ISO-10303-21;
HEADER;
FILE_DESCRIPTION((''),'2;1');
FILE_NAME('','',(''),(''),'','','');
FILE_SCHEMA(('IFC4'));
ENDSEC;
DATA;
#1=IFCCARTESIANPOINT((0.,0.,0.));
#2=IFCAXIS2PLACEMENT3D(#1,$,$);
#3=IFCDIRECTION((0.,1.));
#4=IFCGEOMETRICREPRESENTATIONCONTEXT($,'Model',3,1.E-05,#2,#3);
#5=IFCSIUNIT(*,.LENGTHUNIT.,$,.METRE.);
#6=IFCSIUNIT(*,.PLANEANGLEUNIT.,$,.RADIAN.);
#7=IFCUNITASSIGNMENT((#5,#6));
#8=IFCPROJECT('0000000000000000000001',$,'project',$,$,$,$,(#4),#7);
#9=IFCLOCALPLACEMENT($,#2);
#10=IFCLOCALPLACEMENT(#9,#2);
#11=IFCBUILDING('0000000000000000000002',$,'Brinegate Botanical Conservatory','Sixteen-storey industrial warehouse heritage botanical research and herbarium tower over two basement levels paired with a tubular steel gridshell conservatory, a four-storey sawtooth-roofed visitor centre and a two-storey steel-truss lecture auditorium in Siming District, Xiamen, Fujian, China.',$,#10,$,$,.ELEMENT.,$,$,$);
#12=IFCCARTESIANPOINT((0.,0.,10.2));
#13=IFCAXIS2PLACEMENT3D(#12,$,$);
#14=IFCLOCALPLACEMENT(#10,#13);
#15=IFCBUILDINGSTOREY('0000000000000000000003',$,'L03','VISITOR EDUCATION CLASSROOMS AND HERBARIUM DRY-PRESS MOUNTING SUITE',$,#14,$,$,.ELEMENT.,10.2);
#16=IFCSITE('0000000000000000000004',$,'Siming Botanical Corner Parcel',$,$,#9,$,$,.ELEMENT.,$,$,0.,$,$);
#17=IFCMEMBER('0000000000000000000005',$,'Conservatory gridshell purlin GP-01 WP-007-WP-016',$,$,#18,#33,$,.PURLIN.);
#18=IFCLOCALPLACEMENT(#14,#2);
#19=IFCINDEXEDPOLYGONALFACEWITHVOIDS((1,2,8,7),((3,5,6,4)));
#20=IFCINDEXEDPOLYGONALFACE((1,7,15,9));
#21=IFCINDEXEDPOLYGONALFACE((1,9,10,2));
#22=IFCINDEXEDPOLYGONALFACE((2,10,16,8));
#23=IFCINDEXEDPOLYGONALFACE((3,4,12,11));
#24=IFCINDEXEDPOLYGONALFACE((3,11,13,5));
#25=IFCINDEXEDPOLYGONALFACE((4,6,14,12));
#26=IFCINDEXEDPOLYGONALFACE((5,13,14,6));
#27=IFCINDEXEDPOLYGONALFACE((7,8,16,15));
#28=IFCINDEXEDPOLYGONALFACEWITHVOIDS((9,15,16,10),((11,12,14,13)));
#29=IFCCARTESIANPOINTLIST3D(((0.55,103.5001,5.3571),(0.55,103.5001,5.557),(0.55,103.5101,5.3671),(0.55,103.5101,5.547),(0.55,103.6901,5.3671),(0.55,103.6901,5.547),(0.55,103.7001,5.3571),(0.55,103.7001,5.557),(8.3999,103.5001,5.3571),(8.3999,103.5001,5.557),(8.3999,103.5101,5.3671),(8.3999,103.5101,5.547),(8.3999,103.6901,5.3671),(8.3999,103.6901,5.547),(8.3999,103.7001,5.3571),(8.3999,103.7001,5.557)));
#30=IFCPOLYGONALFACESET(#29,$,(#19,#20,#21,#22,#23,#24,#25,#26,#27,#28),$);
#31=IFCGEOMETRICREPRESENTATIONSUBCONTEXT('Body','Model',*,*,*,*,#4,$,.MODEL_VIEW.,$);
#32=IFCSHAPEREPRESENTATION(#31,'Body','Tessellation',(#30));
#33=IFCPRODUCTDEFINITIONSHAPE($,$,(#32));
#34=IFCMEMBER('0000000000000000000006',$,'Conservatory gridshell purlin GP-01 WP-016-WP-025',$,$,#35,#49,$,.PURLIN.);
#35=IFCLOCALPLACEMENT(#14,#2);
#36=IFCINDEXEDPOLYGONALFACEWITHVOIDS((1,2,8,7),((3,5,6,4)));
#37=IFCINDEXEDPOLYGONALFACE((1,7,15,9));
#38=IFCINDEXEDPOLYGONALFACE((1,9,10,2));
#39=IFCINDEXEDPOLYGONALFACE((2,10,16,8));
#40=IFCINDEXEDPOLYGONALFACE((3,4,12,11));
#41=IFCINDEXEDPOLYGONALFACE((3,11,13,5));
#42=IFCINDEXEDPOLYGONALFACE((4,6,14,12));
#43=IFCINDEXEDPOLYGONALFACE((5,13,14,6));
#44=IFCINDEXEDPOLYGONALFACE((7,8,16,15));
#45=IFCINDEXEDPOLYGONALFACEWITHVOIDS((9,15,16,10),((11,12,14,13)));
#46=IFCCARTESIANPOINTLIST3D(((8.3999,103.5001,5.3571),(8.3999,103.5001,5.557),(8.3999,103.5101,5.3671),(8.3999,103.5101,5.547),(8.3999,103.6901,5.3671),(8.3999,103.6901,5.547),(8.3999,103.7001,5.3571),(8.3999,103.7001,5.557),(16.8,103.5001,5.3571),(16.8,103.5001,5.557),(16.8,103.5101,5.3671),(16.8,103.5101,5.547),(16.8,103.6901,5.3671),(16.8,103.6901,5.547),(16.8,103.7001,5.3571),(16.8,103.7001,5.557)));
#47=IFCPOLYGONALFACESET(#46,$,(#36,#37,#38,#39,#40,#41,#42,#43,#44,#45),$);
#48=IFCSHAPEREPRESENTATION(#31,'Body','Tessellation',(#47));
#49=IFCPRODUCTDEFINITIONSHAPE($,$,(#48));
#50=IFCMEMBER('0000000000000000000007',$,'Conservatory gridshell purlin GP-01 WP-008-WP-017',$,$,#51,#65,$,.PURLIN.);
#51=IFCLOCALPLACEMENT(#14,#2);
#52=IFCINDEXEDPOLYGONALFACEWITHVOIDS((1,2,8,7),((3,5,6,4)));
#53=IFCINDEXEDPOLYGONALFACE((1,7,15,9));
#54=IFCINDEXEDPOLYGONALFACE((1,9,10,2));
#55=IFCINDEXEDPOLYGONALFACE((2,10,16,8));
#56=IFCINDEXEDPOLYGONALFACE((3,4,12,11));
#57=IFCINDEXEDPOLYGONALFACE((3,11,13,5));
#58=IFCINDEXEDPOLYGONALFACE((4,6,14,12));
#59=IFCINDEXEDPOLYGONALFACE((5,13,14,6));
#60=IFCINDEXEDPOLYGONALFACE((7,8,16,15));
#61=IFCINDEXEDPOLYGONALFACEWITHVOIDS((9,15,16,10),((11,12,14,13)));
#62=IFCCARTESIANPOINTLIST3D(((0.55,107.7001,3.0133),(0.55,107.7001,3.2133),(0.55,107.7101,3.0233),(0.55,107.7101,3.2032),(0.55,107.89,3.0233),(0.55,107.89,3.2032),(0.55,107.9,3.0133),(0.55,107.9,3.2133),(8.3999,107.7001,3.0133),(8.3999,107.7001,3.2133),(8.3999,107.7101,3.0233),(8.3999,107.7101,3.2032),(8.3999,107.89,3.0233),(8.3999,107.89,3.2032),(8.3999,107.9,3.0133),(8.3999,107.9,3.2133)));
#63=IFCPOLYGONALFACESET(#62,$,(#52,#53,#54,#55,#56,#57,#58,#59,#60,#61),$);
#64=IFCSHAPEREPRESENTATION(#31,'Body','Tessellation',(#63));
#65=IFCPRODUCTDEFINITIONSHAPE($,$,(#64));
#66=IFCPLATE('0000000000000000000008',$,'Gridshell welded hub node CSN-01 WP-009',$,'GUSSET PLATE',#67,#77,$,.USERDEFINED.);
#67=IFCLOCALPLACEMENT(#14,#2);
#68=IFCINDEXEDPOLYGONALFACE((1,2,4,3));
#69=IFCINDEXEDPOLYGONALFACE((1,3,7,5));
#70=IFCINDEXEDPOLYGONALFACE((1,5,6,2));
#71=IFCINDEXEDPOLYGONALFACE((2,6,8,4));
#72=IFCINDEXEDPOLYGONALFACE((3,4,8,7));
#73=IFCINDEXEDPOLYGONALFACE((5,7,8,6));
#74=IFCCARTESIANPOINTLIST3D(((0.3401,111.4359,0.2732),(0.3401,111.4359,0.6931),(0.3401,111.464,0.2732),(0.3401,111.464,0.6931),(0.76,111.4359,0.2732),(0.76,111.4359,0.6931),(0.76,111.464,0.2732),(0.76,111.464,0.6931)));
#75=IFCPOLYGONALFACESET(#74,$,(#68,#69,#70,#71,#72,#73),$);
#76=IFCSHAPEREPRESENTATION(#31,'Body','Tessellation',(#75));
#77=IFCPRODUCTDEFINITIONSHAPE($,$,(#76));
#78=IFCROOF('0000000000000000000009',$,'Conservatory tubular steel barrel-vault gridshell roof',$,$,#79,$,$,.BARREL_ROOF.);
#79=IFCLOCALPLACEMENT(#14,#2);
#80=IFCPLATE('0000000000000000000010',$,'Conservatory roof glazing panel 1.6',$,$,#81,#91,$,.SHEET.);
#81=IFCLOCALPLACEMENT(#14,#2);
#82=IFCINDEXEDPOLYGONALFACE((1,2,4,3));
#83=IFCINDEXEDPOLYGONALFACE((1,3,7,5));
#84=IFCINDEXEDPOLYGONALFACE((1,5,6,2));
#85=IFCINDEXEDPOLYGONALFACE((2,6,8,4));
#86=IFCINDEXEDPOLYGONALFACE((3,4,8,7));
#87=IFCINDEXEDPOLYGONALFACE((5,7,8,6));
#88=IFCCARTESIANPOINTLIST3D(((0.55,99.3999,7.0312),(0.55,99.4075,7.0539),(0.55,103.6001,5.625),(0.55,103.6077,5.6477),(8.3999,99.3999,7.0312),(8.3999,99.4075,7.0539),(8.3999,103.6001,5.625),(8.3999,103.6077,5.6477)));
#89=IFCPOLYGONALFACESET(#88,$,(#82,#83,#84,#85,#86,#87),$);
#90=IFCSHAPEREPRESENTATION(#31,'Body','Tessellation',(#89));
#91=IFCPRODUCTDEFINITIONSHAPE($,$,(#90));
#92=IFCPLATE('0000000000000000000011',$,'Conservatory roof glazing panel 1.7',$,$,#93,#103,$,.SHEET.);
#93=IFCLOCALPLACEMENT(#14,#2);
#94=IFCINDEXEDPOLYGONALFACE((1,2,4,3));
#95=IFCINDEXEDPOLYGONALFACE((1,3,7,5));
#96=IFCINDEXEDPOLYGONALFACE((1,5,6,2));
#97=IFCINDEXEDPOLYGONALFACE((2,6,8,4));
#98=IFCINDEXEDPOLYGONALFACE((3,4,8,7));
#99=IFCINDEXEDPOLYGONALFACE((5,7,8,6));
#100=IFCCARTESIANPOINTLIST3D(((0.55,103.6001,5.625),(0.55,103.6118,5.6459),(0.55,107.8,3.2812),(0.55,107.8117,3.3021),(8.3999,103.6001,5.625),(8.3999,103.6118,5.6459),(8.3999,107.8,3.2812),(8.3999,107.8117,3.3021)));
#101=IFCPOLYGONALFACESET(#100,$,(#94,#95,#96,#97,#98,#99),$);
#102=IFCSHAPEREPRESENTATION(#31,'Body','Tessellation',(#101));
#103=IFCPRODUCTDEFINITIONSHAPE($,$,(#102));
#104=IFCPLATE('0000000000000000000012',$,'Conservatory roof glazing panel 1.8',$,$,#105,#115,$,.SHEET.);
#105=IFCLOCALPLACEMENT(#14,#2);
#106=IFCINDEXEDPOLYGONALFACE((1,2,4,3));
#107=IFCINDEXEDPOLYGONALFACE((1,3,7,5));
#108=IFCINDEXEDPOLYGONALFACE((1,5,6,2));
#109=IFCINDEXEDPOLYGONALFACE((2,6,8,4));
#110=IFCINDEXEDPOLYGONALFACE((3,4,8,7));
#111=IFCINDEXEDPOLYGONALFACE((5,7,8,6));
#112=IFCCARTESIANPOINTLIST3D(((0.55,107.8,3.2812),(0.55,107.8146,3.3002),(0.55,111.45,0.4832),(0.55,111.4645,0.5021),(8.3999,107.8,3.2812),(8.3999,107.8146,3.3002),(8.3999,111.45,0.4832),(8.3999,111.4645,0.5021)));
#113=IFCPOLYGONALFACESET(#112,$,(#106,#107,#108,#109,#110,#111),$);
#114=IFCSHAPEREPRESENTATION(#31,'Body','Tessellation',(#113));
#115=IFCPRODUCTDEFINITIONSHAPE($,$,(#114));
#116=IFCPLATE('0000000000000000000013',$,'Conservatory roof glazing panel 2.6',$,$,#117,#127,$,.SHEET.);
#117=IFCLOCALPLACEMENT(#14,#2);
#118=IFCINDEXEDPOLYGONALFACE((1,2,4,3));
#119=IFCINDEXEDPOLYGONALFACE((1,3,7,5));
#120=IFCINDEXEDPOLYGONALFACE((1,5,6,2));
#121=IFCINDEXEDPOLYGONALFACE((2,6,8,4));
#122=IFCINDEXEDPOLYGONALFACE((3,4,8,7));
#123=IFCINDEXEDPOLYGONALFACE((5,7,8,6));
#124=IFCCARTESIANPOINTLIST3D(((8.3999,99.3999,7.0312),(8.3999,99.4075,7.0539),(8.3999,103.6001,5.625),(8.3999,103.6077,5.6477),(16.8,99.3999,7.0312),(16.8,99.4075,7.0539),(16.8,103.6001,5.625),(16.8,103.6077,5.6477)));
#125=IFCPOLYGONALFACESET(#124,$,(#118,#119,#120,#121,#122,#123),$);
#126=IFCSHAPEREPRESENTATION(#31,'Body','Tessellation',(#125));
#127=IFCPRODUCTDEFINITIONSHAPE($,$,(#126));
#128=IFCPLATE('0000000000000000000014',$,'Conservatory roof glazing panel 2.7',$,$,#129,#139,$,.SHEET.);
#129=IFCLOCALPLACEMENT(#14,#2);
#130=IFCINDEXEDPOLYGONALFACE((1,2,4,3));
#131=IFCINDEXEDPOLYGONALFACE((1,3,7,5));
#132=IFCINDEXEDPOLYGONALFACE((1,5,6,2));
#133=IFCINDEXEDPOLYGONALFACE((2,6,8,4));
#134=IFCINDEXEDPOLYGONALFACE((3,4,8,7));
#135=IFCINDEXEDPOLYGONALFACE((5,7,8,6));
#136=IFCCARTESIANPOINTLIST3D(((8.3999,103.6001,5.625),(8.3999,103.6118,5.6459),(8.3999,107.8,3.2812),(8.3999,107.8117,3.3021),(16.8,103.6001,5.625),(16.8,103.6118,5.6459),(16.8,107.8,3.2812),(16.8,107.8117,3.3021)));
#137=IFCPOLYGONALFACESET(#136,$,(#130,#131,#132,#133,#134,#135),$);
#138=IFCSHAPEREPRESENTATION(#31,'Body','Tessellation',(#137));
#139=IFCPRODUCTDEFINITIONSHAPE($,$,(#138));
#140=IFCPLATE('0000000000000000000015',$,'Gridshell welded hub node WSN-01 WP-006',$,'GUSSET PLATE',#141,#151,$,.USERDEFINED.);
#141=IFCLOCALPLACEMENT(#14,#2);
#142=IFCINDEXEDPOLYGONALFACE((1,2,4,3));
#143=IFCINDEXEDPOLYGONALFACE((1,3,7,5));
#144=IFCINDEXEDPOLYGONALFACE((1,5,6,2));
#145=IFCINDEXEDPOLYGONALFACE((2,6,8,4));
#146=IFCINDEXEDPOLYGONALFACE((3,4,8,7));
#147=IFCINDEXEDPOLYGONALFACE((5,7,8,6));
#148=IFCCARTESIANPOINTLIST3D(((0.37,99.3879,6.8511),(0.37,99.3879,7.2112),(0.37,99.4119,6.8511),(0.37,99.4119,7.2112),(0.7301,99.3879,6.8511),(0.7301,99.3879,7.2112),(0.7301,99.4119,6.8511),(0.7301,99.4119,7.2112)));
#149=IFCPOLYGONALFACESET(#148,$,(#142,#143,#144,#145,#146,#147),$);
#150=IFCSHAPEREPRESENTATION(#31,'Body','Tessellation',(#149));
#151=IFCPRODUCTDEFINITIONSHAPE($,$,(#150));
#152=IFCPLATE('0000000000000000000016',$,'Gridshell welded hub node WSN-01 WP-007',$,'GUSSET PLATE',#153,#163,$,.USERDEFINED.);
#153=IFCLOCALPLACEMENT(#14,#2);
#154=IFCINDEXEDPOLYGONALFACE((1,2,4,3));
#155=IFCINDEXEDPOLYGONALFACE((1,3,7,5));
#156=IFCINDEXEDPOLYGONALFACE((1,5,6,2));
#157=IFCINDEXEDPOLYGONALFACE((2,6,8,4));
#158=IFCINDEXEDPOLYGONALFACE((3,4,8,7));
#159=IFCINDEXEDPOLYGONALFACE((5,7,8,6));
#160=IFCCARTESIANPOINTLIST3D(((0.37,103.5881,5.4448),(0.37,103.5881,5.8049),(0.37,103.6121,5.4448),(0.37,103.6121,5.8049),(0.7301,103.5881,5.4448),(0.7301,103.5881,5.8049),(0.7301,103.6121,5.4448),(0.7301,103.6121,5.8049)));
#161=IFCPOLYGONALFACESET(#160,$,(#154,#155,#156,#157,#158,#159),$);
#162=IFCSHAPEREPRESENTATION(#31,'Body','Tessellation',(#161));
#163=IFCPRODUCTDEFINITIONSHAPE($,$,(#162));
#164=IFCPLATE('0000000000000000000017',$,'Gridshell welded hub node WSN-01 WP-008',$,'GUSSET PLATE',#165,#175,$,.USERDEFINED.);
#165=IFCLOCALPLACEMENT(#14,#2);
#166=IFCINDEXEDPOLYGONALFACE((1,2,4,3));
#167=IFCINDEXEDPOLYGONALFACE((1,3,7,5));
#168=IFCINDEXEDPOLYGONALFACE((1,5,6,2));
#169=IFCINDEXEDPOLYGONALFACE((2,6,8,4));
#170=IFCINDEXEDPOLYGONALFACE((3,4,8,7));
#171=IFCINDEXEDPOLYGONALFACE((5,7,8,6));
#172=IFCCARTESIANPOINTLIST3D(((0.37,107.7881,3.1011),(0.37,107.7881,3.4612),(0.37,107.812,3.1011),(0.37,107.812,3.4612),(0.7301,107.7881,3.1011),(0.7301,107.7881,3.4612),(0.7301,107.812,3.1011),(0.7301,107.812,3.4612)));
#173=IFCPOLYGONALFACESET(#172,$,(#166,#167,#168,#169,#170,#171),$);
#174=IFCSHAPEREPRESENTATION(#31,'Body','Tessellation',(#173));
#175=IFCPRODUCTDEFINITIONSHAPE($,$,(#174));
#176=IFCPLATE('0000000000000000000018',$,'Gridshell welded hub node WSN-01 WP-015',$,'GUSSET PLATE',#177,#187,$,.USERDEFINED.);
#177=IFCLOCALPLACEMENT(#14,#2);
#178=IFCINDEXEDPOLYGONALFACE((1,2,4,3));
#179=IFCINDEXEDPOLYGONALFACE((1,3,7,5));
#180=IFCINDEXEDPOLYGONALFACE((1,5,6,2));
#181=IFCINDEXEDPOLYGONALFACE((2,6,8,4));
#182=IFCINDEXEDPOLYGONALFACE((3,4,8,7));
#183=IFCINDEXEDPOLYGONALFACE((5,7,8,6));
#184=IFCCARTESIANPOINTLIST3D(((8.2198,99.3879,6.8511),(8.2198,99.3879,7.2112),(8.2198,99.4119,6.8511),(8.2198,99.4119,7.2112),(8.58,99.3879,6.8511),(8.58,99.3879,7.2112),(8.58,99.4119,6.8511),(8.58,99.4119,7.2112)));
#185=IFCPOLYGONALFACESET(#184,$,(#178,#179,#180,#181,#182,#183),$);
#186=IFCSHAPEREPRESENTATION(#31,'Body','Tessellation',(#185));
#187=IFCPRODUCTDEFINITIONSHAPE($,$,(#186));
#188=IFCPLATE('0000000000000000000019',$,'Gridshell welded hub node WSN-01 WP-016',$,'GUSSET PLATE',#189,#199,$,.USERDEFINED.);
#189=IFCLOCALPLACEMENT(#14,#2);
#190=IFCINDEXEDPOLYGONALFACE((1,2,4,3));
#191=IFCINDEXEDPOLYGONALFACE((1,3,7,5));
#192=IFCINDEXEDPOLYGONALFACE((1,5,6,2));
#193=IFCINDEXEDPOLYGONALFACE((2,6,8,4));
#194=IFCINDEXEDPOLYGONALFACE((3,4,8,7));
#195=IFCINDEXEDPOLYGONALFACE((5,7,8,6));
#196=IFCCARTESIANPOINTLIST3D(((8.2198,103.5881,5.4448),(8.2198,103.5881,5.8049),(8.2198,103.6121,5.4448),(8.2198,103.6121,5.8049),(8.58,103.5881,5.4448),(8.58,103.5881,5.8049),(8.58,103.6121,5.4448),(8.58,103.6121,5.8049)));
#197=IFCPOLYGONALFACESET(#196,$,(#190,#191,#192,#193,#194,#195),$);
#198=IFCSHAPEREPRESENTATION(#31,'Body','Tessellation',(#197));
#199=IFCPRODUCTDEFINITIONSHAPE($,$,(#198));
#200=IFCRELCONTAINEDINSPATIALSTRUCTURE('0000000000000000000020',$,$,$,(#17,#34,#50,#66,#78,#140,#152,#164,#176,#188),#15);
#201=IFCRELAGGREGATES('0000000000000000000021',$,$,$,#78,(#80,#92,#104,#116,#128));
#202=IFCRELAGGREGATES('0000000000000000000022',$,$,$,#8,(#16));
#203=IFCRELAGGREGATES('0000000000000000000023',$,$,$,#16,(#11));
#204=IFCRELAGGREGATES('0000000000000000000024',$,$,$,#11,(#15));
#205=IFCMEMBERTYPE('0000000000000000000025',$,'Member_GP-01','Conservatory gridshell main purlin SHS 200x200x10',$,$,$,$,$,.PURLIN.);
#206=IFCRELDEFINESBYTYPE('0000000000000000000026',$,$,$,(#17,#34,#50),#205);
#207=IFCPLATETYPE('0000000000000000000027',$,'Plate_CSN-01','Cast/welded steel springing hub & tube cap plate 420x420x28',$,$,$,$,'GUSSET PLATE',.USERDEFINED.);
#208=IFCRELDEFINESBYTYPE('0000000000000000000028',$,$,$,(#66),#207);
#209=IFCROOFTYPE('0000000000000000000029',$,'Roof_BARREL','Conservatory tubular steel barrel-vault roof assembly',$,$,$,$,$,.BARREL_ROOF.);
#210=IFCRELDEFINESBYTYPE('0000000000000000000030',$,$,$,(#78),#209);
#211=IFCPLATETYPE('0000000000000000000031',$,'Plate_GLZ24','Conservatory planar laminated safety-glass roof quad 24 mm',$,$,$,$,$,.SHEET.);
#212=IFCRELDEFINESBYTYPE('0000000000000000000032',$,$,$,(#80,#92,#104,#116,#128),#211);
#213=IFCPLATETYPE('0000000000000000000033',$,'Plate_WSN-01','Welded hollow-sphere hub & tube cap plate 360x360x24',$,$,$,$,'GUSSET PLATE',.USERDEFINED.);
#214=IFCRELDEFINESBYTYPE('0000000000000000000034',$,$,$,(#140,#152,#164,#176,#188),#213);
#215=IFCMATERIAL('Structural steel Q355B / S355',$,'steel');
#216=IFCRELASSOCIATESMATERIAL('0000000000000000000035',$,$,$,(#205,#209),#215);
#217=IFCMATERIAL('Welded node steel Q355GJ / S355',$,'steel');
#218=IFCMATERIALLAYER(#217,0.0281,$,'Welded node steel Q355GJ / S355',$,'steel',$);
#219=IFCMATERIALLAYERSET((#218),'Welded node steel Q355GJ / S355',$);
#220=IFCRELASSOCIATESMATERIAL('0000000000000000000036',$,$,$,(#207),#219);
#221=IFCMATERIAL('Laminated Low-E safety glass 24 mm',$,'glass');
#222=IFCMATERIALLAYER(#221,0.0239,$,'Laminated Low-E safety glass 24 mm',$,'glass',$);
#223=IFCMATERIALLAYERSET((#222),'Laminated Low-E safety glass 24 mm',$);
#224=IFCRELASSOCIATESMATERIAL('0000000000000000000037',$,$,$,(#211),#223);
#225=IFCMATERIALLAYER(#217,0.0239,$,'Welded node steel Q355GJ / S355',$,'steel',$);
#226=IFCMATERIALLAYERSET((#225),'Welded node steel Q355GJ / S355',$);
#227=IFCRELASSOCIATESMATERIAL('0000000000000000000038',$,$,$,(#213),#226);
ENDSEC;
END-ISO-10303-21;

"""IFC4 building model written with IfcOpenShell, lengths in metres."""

from ifc_helpers import new_model, si_unit, direction, frame, origin, origin_2d, place, context, subcontext, project, spatial, polyline, rectangle, hollow_rectangle, outline, extrude, material, layer, layer_set, material_profile, profile_set, type_object, element, aggregate, save


model = new_model("IFC4")

# Units and contexts
model_context = context("Model", 3, precision=1e-05, world=origin(), true_north=direction((0.0, 1.0)))
body_context = subcontext(model_context, "Body", "Model", "MODEL_VIEW")
ifc_project = project(units=[si_unit("LENGTHUNIT", "METRE"), si_unit("PLANEANGLEUNIT", "RADIAN")], contexts=[model_context])

# Site, building, storey
site_placement = place(None, origin())
site = spatial("IfcSite", under=ifc_project, at=site_placement, Name="Siming Botanical Corner Parcel", CompositionType="ELEMENT", RefElevation=0.0)
building_placement = place(site_placement, origin())
building = spatial("IfcBuilding", under=site, at=building_placement, Name="Brinegate Botanical Conservatory", Description="Sixteen-storey industrial warehouse heritage botanical research and herbarium tower over two basement levels paired with a tubular steel gridshell conservatory, a four-storey sawtooth-roofed visitor centre and a two-storey steel-truss lecture auditorium in Siming District, Xiamen, Fujian, China.", CompositionType="ELEMENT")
storey_placement = place(building_placement, frame((0.0, 0.0, 10.2)))
storey = spatial("IfcBuildingStorey", under=building, at=storey_placement, Name="L03", Description="VISITOR EDUCATION CLASSROOMS AND HERBARIUM DRY-PRESS MOUNTING SUITE", CompositionType="ELEMENT", Elevation=10.2)

# Shared definitions
ifc_material_1 = material(Name="Structural steel Q355B / S355", Category="steel")

# Members
ifc_material_profile_1 = material_profile(ifc_material_1, hollow_rectangle(XDim=0.2, YDim=0.2, WallThickness=0.01, at=origin_2d()), Name="SHS 200x200x10")
ifc_profile_set_1 = profile_set([ifc_material_profile_1], Name="Structural steel Q355B / S355")
member_type_1 = type_object("IfcMemberType", Name="Member_GP-01", Description="Conservatory gridshell main purlin SHS 200x200x10", PredefinedType="PURLIN", material=ifc_profile_set_1)
member_1_placement = place(storey_placement, frame((0.55, 103.6001, 5.457), z_axis=(1.0, 0.0, 0.0), x_axis=(0.0, 1.0, 0.0)))
element("IfcMember", 1, at=member_1_placement, inside=storey, type_object=member_type_1, Name="Conservatory gridshell purlin GP-01 WP-007-WP-016", PredefinedType="PURLIN", context=body_context, shape_type="SweptSolid", body=[
    extrude(hollow_rectangle(XDim=0.2, YDim=0.2, WallThickness=0.01, at=origin_2d()), origin(), (0.0, 0.0, 1.0), 7.8499),
])
member_2_placement = place(storey_placement, frame((8.3999, 103.6001, 5.457), z_axis=(1.0, 0.0, 0.0), x_axis=(0.0, 1.0, 0.0)))
element("IfcMember", 2, at=member_2_placement, inside=storey, type_object=member_type_1, Name="Conservatory gridshell purlin GP-01 WP-016-WP-025", PredefinedType="PURLIN", context=body_context, shape_type="SweptSolid", body=[
    extrude(hollow_rectangle(XDim=0.2, YDim=0.2, WallThickness=0.01, at=origin_2d()), origin(), (0.0, 0.0, 1.0), 8.4001),
])
member_3_placement = place(storey_placement, frame((0.55, 107.8, 3.1133), z_axis=(1.0, 0.0, 0.0), x_axis=(0.0, 1.0, 0.0)))
element("IfcMember", 3, at=member_3_placement, inside=storey, type_object=member_type_1, Name="Conservatory gridshell purlin GP-01 WP-008-WP-017", PredefinedType="PURLIN", context=body_context, shape_type="SweptSolid", body=[
    extrude(hollow_rectangle(XDim=0.2, YDim=0.2, WallThickness=0.01, at=origin_2d()), origin(), (0.0, 0.0, 1.0), 7.8499),
])

# Plate
ifc_material_2 = material(Name="Welded node steel Q355GJ / S355", Category="steel")
ifc_layer_1 = layer(ifc_material_2, 0.0281, Name="Welded node steel Q355GJ / S355", Category="steel")
ifc_layer_set_1 = layer_set([ifc_layer_1], Name="Welded node steel Q355GJ / S355")
plate_type_1 = type_object("IfcPlateType", Name="Plate_CSN-01", Description="Cast/welded steel springing hub & tube cap plate 420x420x28", ElementType="GUSSET PLATE", PredefinedType="USERDEFINED", material=ifc_layer_set_1)
plate_1_placement = place(storey_placement, frame((0.55, 111.45, 0.2732), z_axis=(0.0, 0.0, 1.0), x_axis=(1.0, 0.0, 0.0)))
element("IfcPlate", 4, at=plate_1_placement, inside=storey, type_object=plate_type_1, Name="Gridshell welded hub node CSN-01 WP-009", ObjectType="GUSSET PLATE", PredefinedType="USERDEFINED", context=body_context, shape_type="SweptSolid", body=[
    extrude(rectangle(XDim=0.4199, YDim=0.0281, at=origin_2d()), origin(), (0.0, 0.0, 1.0), 0.4199),
])

# Roof, plates
roof_type = type_object("IfcRoofType", Name="Roof_BARREL", Description="Conservatory tubular steel barrel-vault roof assembly", PredefinedType="BARREL_ROOF", material=ifc_material_1)
roof_placement = place(storey_placement, origin())
roof = element("IfcRoof", 5, at=roof_placement, inside=storey, type_object=roof_type, Name="Conservatory tubular steel barrel-vault gridshell roof", PredefinedType="BARREL_ROOF")
ifc_material_3 = material(Name="Laminated Low-E safety glass 24 mm", Category="glass")
ifc_layer_2 = layer(ifc_material_3, 0.0239, Name="Laminated Low-E safety glass 24 mm", Category="glass")
ifc_layer_set_2 = layer_set([ifc_layer_2], Name="Laminated Low-E safety glass 24 mm")
plate_type_2 = type_object("IfcPlateType", Name="Plate_GLZ24", Description="Conservatory planar laminated safety-glass roof quad 24 mm", PredefinedType="SHEET", material=ifc_layer_set_2)
plate_2_placement = place(storey_placement, frame((0.55, 99.3999, 7.0312), z_axis=(0.0, 0.317484, 0.948264), x_axis=(1.0, 0.0, 0.0)))
plate_2 = element("IfcPlate", 6, at=plate_2_placement, type_object=plate_type_2, Name="Conservatory roof glazing panel 1.6", PredefinedType="SHEET", context=body_context, shape_type="SweptSolid", body=[
    extrude(outline(polyline([(0.0, 0.0), (7.8499, 0.0), (7.8499, 4.4294), (0.0, 4.4294), (0.0, 0.0)])), origin(), (0.0, 0.0, 1.0), 0.0239),
])
plate_3_placement = place(storey_placement, frame((0.55, 103.6001, 5.625), z_axis=(0.0, 0.487301, 0.873234), x_axis=(1.0, 0.0, 0.0)))
plate_3 = element("IfcPlate", 7, at=plate_3_placement, type_object=plate_type_2, Name="Conservatory roof glazing panel 1.7", PredefinedType="SHEET", context=body_context, shape_type="SweptSolid", body=[
    extrude(outline(polyline([(0.0, 0.0), (7.8499, 0.0), (7.8499, 4.8097), (0.0, 4.8097), (0.0, 0.0)])), origin(), (0.0, 0.0, 1.0), 0.0239),
])
plate_4_placement = place(storey_placement, frame((0.55, 107.8, 3.2812), z_axis=(0.0, 0.608409, 0.793623), x_axis=(1.0, 0.0, 0.0)))
plate_4 = element("IfcPlate", 8, at=plate_4_placement, type_object=plate_type_2, Name="Conservatory roof glazing panel 1.8", PredefinedType="SHEET", context=body_context, shape_type="SweptSolid", body=[
    extrude(outline(polyline([(0.0, 0.0), (7.8499, 0.0), (7.8499, 4.599), (0.0, 4.599), (0.0, 0.0)])), origin(), (0.0, 0.0, 1.0), 0.0239),
])
plate_5_placement = place(storey_placement, frame((8.3999, 99.3999, 7.0312), z_axis=(0.0, 0.317484, 0.948264), x_axis=(1.0, 0.0, 0.0)))
plate_5 = element("IfcPlate", 9, at=plate_5_placement, type_object=plate_type_2, Name="Conservatory roof glazing panel 2.6", PredefinedType="SHEET", context=body_context, shape_type="SweptSolid", body=[
    extrude(outline(polyline([(0.0, 0.0), (8.4001, 0.0), (8.4001, 4.4294), (0.0, 4.4294), (0.0, 0.0)])), origin(), (0.0, 0.0, 1.0), 0.0239),
])
plate_6_placement = place(storey_placement, frame((8.3999, 103.6001, 5.625), z_axis=(0.0, 0.487301, 0.873234), x_axis=(1.0, 0.0, 0.0)))
plate_6 = element("IfcPlate", 10, at=plate_6_placement, type_object=plate_type_2, Name="Conservatory roof glazing panel 2.7", PredefinedType="SHEET", context=body_context, shape_type="SweptSolid", body=[
    extrude(outline(polyline([(0.0, 0.0), (8.4001, 0.0), (8.4001, 4.8097), (0.0, 4.8097), (0.0, 0.0)])), origin(), (0.0, 0.0, 1.0), 0.0239),
])
aggregate(roof, [plate_2, plate_3, plate_4, plate_5, plate_6])

# Plates
ifc_layer_3 = layer(ifc_material_2, 0.0239, Name="Welded node steel Q355GJ / S355", Category="steel")
ifc_layer_set_3 = layer_set([ifc_layer_3], Name="Welded node steel Q355GJ / S355")
plate_type_3 = type_object("IfcPlateType", Name="Plate_WSN-01", Description="Welded hollow-sphere hub & tube cap plate 360x360x24", ElementType="GUSSET PLATE", PredefinedType="USERDEFINED", material=ifc_layer_set_3)
for number, where, z_axis, x_axis, name in (
    (11, (0.55, 99.3999, 6.8511), (0.0, 0.0, 1.0), (1.0, 0.0, 0.0), "Gridshell welded hub node WSN-01 WP-006"),
    (12, (0.55, 103.6001, 5.4448), (0.0, 0.0, 1.0), (1.0, 0.0, 0.0), "Gridshell welded hub node WSN-01 WP-007"),
    (13, (0.55, 107.8, 3.1011), (0.0, 0.0, 1.0), (1.0, 0.0, 0.0), "Gridshell welded hub node WSN-01 WP-008"),
    (14, (8.3999, 99.3999, 6.8511), (0.0, 0.0, 1.0), (1.0, 0.0, 0.0), "Gridshell welded hub node WSN-01 WP-015"),
    (15, (8.3999, 103.6001, 5.4448), (0.0, 0.0, 1.0), (1.0, 0.0, 0.0), "Gridshell welded hub node WSN-01 WP-016"),
):
    element("IfcPlate", number, at=place(storey_placement, frame(where, z_axis=z_axis, x_axis=x_axis)), inside=storey, type_object=plate_type_3, Name=name, ObjectType="GUSSET PLATE", PredefinedType="USERDEFINED", context=body_context, shape_type="SweptSolid", body=[
        extrude(rectangle(XDim=0.3601, YDim=0.0239, at=origin_2d()), origin(), (0.0, 0.0, 1.0), 0.3601),
    ])

save(model, "model.ifc")
